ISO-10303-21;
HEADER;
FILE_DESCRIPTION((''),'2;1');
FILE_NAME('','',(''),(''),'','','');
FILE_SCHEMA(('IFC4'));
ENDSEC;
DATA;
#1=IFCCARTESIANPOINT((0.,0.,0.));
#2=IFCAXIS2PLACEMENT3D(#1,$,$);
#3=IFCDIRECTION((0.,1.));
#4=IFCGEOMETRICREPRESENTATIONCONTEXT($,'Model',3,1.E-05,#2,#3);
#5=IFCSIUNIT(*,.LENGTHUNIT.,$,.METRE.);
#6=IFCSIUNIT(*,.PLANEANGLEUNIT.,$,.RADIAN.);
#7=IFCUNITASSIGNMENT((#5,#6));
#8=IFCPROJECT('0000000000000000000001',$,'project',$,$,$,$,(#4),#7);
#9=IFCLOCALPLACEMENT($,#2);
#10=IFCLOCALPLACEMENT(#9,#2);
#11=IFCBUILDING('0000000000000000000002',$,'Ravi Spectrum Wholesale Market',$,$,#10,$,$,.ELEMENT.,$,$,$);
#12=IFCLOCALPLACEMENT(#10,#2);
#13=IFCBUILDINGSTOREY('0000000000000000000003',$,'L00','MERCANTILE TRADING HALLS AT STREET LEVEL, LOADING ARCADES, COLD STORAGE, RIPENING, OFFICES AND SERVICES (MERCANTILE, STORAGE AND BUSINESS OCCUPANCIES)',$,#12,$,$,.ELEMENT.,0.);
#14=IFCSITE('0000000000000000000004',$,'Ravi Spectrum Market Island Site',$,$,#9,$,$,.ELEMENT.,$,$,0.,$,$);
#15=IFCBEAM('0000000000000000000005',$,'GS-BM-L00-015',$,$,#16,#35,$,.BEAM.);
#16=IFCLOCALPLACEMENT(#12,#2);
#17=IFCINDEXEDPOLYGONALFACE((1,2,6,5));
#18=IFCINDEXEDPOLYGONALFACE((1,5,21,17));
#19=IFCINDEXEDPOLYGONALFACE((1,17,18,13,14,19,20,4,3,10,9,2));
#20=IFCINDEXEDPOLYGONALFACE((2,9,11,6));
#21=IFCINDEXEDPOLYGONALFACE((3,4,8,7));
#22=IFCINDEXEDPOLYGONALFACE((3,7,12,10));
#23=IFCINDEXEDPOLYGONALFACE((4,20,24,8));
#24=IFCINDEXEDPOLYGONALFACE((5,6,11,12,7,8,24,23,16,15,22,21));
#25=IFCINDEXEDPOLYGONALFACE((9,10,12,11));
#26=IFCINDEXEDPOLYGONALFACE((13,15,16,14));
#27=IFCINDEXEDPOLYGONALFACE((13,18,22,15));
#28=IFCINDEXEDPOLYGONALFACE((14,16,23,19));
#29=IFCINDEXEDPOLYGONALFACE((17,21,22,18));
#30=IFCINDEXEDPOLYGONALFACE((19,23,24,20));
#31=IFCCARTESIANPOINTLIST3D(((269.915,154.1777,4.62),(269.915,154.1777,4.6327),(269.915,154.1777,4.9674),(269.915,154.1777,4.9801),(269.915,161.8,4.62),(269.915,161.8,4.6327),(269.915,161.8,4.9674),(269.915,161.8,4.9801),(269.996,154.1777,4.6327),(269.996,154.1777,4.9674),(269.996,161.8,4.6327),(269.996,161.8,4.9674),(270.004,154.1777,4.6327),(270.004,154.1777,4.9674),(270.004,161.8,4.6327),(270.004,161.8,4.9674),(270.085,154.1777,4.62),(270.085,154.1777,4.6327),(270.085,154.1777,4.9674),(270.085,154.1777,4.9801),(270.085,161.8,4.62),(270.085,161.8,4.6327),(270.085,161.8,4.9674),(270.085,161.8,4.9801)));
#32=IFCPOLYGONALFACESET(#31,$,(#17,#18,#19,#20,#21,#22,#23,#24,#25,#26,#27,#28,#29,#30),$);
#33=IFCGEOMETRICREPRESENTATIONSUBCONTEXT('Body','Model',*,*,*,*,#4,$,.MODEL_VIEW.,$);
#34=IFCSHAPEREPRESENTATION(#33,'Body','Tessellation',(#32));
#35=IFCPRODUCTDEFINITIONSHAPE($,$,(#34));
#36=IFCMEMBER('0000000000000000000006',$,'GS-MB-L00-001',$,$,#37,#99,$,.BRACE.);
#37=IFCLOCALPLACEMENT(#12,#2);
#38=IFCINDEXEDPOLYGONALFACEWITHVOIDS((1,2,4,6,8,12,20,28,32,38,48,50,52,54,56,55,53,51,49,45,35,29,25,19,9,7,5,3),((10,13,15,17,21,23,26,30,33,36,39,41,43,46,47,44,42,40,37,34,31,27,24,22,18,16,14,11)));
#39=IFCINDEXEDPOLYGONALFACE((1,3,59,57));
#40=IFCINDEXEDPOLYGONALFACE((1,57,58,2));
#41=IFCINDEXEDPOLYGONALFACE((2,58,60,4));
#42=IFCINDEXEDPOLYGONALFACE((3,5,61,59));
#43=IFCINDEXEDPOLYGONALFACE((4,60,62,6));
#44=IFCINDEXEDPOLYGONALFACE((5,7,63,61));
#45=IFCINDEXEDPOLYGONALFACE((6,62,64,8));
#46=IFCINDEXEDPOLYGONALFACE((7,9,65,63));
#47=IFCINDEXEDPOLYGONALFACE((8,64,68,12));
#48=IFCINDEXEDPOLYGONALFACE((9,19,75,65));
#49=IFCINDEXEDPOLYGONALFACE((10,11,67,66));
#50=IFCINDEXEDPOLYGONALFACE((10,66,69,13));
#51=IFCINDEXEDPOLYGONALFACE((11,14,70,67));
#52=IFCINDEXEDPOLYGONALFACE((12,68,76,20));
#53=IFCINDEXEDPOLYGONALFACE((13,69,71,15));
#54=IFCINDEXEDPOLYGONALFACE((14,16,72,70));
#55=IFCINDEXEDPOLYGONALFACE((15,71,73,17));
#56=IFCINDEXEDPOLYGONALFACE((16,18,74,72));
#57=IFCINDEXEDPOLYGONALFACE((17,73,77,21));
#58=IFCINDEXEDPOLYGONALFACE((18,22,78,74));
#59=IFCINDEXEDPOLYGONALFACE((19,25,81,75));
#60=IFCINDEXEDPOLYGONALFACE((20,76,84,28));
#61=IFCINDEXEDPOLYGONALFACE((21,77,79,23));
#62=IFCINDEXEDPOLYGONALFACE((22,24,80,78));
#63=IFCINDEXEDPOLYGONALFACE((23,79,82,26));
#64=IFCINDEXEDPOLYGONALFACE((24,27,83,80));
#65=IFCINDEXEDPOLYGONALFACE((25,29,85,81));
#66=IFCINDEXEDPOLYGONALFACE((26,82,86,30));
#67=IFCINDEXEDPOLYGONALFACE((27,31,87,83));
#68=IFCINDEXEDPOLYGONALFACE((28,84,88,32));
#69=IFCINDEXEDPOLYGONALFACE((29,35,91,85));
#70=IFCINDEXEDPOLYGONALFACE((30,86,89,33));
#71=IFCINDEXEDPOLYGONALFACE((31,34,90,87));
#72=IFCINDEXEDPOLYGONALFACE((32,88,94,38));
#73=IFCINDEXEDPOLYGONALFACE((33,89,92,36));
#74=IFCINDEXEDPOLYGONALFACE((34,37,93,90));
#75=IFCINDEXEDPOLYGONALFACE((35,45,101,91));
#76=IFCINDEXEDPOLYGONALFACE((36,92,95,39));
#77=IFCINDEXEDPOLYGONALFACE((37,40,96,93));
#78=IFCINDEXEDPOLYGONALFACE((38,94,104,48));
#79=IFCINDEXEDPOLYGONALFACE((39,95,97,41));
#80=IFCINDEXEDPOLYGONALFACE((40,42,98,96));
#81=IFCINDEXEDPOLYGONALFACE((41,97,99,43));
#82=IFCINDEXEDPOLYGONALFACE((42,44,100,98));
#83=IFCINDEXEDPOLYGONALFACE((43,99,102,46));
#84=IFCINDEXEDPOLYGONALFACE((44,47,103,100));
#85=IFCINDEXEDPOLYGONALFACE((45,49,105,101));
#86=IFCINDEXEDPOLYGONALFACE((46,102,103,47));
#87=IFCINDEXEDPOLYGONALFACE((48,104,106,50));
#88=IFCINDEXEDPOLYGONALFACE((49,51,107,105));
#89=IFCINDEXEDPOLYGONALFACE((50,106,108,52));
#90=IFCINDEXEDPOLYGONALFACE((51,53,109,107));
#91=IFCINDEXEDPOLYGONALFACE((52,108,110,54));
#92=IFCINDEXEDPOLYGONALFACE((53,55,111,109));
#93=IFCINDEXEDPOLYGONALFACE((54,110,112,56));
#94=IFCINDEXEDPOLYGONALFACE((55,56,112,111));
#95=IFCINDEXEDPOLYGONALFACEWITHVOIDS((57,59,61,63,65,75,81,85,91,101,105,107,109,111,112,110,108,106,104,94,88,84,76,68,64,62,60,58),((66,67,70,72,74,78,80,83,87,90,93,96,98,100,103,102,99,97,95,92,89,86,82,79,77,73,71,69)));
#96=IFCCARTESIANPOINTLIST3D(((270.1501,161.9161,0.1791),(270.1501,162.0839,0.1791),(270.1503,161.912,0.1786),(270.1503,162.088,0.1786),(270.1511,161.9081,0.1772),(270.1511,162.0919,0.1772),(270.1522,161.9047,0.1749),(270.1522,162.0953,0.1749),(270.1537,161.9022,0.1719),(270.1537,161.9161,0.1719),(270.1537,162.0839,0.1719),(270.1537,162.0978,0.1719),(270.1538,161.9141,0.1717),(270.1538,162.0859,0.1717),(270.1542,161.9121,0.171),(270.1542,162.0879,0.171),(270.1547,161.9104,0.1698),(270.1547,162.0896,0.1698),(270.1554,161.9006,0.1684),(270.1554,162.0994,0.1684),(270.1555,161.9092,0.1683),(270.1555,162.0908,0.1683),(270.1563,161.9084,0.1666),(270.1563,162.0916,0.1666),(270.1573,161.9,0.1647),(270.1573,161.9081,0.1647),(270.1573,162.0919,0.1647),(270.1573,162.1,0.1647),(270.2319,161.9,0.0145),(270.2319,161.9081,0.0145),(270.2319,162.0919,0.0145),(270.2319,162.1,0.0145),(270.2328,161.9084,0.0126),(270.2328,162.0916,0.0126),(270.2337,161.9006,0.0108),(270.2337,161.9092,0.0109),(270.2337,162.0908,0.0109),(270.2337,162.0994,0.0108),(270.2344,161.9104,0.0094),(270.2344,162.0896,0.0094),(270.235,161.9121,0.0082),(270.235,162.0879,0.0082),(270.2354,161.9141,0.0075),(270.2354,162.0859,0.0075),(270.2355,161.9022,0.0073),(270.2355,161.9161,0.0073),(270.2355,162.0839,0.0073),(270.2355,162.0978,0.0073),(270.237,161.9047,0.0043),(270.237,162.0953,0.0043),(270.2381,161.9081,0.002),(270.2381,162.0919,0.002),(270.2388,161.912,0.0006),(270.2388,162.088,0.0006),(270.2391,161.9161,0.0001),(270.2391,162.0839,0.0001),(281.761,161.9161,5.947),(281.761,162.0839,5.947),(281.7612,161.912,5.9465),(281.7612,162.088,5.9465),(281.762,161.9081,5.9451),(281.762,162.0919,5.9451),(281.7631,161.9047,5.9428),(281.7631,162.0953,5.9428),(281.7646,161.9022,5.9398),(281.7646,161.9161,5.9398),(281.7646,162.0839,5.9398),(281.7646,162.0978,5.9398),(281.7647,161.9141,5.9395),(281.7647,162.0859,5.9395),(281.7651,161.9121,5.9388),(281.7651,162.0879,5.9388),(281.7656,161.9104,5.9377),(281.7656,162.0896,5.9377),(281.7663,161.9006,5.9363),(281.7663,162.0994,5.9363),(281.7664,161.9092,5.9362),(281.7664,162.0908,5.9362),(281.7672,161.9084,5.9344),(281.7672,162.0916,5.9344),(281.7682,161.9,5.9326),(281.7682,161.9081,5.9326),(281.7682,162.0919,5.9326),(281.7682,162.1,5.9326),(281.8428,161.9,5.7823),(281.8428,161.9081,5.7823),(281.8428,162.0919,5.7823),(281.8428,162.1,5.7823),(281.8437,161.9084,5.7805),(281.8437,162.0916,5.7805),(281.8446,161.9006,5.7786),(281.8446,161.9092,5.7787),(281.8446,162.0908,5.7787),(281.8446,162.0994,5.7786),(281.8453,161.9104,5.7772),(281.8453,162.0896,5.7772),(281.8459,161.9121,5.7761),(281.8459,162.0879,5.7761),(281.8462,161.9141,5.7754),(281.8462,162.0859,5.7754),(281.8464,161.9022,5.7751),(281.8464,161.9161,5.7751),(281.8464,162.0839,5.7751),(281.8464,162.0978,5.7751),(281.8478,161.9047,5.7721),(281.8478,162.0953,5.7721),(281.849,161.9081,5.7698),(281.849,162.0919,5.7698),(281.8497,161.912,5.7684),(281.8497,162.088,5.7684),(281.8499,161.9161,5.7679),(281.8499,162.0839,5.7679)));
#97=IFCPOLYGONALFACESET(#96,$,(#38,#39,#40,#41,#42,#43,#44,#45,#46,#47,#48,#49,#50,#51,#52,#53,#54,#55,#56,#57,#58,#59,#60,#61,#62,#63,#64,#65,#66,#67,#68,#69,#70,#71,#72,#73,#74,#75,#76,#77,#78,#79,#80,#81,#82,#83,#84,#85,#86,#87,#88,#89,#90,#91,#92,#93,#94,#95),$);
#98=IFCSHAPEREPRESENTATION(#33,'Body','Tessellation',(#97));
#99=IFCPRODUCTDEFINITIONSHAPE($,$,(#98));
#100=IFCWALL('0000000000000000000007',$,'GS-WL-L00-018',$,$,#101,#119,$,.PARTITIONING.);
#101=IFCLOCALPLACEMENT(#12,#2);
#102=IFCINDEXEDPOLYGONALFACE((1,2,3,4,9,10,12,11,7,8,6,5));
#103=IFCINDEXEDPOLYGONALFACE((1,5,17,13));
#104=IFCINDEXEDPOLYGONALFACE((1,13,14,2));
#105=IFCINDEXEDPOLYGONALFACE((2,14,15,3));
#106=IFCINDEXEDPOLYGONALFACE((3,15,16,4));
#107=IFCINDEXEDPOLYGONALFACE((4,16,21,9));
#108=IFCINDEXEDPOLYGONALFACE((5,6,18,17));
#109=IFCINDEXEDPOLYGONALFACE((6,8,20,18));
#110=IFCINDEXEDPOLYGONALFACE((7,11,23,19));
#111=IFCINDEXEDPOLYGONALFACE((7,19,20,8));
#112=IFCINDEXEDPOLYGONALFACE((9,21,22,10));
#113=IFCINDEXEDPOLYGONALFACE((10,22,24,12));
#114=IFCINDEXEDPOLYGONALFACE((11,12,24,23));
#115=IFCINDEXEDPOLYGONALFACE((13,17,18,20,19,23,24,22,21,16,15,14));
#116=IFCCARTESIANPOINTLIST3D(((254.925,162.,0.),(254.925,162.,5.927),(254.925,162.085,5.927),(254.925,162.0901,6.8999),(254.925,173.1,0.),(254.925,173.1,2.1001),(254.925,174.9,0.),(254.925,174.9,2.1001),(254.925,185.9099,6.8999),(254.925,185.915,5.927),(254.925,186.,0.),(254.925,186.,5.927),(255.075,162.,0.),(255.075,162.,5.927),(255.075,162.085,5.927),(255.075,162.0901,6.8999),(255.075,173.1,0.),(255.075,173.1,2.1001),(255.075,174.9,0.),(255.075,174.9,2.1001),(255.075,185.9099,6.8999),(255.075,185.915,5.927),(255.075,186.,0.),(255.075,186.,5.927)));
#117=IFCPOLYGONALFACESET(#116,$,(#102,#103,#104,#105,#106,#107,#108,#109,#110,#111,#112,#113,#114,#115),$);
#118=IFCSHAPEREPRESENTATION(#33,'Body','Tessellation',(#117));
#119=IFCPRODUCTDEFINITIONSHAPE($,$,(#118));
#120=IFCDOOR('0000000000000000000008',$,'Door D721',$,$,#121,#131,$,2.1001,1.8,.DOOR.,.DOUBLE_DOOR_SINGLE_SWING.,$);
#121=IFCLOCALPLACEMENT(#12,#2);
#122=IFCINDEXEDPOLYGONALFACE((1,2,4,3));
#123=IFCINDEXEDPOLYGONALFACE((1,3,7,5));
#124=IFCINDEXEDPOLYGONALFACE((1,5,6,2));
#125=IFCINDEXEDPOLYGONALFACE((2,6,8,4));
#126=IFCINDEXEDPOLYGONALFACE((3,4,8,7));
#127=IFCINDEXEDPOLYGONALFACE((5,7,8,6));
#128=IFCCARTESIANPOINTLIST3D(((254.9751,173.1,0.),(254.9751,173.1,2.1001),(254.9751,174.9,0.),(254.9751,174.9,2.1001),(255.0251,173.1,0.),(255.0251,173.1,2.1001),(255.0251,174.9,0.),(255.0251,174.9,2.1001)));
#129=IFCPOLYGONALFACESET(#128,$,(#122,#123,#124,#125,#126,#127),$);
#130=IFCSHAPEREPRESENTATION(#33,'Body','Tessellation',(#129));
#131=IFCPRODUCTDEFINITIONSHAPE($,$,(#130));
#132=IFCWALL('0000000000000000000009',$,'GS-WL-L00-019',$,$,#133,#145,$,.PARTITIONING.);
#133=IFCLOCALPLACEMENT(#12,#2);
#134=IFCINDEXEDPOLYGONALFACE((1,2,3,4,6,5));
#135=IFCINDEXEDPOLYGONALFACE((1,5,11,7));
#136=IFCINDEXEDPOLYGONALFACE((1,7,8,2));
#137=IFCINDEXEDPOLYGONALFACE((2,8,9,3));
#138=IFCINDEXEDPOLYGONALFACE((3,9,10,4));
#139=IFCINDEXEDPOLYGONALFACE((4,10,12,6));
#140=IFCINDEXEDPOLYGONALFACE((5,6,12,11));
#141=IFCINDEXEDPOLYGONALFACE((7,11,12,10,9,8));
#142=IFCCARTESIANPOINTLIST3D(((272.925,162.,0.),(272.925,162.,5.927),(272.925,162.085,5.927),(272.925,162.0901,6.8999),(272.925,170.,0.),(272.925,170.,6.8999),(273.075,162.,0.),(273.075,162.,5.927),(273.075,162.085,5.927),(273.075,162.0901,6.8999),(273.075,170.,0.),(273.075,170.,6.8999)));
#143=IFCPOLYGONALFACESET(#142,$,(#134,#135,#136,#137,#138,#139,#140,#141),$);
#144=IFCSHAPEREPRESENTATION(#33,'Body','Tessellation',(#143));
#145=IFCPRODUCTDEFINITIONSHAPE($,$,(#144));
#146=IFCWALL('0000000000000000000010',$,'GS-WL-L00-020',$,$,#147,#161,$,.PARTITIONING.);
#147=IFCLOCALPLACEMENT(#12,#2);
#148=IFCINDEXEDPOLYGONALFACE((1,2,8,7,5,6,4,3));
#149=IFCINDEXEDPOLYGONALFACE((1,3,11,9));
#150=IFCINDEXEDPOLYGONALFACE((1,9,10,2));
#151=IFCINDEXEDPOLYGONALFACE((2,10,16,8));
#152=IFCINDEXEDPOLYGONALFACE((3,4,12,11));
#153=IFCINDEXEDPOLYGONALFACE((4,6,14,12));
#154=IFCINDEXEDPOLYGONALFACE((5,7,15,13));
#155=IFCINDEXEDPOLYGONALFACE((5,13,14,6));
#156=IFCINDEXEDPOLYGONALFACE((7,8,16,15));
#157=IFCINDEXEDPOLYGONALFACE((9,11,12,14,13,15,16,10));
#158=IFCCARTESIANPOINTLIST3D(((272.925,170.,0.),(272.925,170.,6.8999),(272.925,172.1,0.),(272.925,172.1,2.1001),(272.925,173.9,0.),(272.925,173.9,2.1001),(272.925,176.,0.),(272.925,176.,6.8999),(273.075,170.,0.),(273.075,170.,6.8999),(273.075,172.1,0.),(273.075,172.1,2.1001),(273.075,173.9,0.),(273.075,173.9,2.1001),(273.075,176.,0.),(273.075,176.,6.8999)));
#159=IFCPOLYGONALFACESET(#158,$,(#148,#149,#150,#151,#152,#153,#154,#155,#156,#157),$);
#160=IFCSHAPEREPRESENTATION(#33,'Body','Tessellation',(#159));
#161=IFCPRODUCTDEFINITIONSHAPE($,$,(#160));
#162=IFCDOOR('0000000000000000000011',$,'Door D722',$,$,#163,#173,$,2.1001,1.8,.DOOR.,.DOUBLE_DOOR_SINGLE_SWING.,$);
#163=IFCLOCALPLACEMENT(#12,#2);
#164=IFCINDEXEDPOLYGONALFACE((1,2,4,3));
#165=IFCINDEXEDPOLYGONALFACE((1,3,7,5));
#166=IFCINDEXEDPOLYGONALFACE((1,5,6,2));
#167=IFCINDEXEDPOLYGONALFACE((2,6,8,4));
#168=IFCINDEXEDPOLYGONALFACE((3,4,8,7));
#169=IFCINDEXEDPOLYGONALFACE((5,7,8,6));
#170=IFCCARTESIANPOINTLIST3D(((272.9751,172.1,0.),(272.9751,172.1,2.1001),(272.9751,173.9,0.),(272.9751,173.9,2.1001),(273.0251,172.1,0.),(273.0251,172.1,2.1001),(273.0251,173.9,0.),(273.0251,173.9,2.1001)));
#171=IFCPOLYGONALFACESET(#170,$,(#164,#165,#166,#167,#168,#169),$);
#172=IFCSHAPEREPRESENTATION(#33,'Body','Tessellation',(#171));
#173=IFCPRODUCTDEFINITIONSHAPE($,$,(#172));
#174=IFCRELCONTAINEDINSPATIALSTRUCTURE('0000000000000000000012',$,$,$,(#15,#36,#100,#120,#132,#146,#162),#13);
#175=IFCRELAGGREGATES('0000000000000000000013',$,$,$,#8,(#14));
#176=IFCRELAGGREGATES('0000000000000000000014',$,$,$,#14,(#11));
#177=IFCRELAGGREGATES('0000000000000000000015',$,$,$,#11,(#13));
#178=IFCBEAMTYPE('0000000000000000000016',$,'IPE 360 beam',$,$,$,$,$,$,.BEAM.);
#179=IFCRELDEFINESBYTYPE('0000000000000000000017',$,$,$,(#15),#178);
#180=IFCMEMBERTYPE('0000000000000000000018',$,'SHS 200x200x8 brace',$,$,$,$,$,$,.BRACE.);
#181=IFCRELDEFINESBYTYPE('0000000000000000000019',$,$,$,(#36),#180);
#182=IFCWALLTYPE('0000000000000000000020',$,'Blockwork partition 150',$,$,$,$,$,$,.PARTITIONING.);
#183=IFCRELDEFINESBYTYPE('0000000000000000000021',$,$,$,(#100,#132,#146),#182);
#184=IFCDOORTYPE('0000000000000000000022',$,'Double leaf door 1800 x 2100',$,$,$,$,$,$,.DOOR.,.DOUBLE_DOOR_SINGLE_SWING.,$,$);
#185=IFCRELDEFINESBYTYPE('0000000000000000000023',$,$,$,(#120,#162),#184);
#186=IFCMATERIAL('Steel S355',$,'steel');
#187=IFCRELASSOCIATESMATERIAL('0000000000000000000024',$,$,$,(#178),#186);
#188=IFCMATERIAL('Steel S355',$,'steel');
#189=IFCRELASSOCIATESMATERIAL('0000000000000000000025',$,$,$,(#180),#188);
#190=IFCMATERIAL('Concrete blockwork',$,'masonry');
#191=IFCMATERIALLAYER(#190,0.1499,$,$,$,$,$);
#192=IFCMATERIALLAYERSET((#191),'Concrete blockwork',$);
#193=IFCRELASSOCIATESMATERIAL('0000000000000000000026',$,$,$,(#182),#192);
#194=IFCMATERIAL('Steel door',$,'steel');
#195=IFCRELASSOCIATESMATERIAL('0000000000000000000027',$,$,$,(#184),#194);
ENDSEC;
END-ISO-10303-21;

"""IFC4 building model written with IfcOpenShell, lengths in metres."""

from ifc_helpers import new_model, si_unit, direction, frame, frame_2d, origin, origin_2d, place, context, subcontext, project, spatial, polyline, rectangle, hollow_rectangle, i_section, outline, extrude, material, layer, layer_set, material_profile, profile_set, type_object, element, fill, save


model = new_model("IFC4")

# Units and contexts
model_context = context("Model", 3, precision=1e-05, world=origin(), true_north=direction((0.0, 1.0)))
body_context = subcontext(model_context, "Body", "Model", "MODEL_VIEW")
ifc_project = project(units=[si_unit("LENGTHUNIT", "METRE"), si_unit("PLANEANGLEUNIT", "RADIAN")], contexts=[model_context])

# Site, building, storey
site_placement = place(None, origin())
site = spatial("IfcSite", under=ifc_project, at=site_placement, Name="Ravi Spectrum Market Island Site", CompositionType="ELEMENT", RefElevation=0.0)
building_placement = place(site_placement, origin())
building = spatial("IfcBuilding", under=site, at=building_placement, Name="Ravi Spectrum Wholesale Market", CompositionType="ELEMENT")
storey_placement = place(building_placement, origin())
storey = spatial("IfcBuildingStorey", under=building, at=storey_placement, Name="L00", Description="MERCANTILE TRADING HALLS AT STREET LEVEL, LOADING ARCADES, COLD STORAGE, RIPENING, OFFICES AND SERVICES (MERCANTILE, STORAGE AND BUSINESS OCCUPANCIES)", CompositionType="ELEMENT", Elevation=0.0)

# Beam
ifc_material_1 = material(Name="Steel S355", Category="steel")
ifc_material_profile_1 = material_profile(ifc_material_1, i_section(OverallWidth=0.1699, OverallDepth=0.3601, WebThickness=0.0081, FlangeThickness=0.0127, at=origin_2d()))
ifc_profile_set_1 = profile_set([ifc_material_profile_1], Name="Steel S355")
beam_type = type_object("IfcBeamType", Name="IPE 360 beam", PredefinedType="BEAM", material=ifc_profile_set_1)
beam_1_placement = place(storey_placement, frame((270.0, 161.8, 4.8), z_axis=(0.0, -1.0, 0.0), x_axis=(1.0, 0.0, 0.0)))
element("IfcBeam", 1, at=beam_1_placement, inside=storey, type_object=beam_type, Name="GS-BM-L00-015", PredefinedType="BEAM", context=body_context, shape_type="SweptSolid", body=[
    extrude(i_section(OverallWidth=0.1699, OverallDepth=0.3601, WebThickness=0.0081, FlangeThickness=0.0127, at=origin_2d()), origin(), (0.0, 0.0, 1.0), 7.6223),
])

# Member
ifc_material_2 = material(Name="Steel S355", Category="steel")
ifc_material_profile_2 = material_profile(ifc_material_2, hollow_rectangle(XDim=0.2, YDim=0.2, WallThickness=0.0081, InnerFilletRadius=0.0081, OuterFilletRadius=0.0161, at=origin_2d()))
ifc_profile_set_2 = profile_set([ifc_material_profile_2], Name="Steel S355")
member_type = type_object("IfcMemberType", Name="SHS 200x200x8 brace", PredefinedType="BRACE", material=ifc_profile_set_2)
member_placement = place(storey_placement, frame((270.1946, 162.0, 0.0896), z_axis=(0.895584, 0.0, 0.444892), x_axis=(0.0, 1.0, 0.0)))
element("IfcMember", 2, at=member_placement, inside=storey, type_object=member_type, Name="GS-MB-L00-001", PredefinedType="BRACE", context=body_context, shape_type="SweptSolid", body=[
    extrude(hollow_rectangle(XDim=0.2, YDim=0.2, WallThickness=0.0081, InnerFilletRadius=0.0081, OuterFilletRadius=0.0161, at=origin_2d()), origin(), (0.0, 0.0, 1.0), 12.9646),
])

# Wall, opening, door
ifc_material_3 = material(Name="Concrete blockwork", Category="masonry")
ifc_layer_1 = layer(ifc_material_3, 0.1499)
ifc_layer_set_1 = layer_set([ifc_layer_1], Name="Concrete blockwork")
wall_type_1 = type_object("IfcWallType", Name="Blockwork partition 150", PredefinedType="PARTITIONING", material=ifc_layer_set_1)
wall_1_placement = place(storey_placement, frame((255.0, 162.0, 0.0), z_axis=(0.0, 0.0, 1.0), x_axis=(0.0, 1.0, 0.0)))
wall_1 = element("IfcWall", 3, at=wall_1_placement, inside=storey, type_object=wall_type_1, Name="GS-WL-L00-018", PredefinedType="PARTITIONING", context=body_context, shape_type="SweptSolid", body=[
    extrude(outline(polyline([(0.0, 0.0), (24.0, 0.0), (24.0, 5.927), (23.915, 5.927), (23.9099, 6.8999), (0.0901, 6.8999), (0.085, 5.927), (0.0, 5.927), (0.0, 0.0)])), frame((0.0, 0.075, 0.0), z_axis=(0.0, -1.0, 0.0), x_axis=(1.0, 0.0, 0.0)), (0.0, 0.0, 1.0), 0.1499),
])
opening_1_placement = place(wall_1_placement, frame((11.1001, 0.0, 0.0)))
opening_1 = element("IfcOpeningElement", 4, at=opening_1_placement, cuts=wall_1, PredefinedType="OPENING", context=body_context, shape_type="SweptSolid", body=[
    extrude(rectangle(XDim=1.8, YDim=2.1001, at=frame_2d((0.8999, 1.05))), frame((0.0, 0.085, 0.0), z_axis=(0.0, -1.0, 0.0), x_axis=(1.0, 0.0, 0.0)), (0.0, 0.0, 1.0), 0.1699),
])
ifc_material_4 = material(Name="Steel door", Category="steel")
door_type_1 = type_object("IfcDoorType", Name="Double leaf door 1800 x 2100", OperationType="DOUBLE_DOOR_SINGLE_SWING", PredefinedType="DOOR", material=ifc_material_4)
door_1_placement = place(opening_1_placement, origin())
door_1 = element("IfcDoor", 5, at=door_1_placement, inside=storey, type_object=door_type_1, Name="Door D721", OperationType="DOUBLE_DOOR_SINGLE_SWING", OverallHeight=2.1001, OverallWidth=1.8, PredefinedType="DOOR", context=body_context, shape_type="SweptSolid", body=[
    extrude(rectangle(XDim=1.8, YDim=2.1001, at=frame_2d((0.8999, 1.05))), frame((0.0, 0.0249, 0.0), z_axis=(0.0, -1.0, 0.0), x_axis=(1.0, 0.0, 0.0)), (0.0, 0.0, 1.0), 0.05),
])
fill(opening_1, door_1)

# Wall
wall_2_placement = place(storey_placement, frame((273.0, 162.0, 0.0), z_axis=(0.0, 0.0, 1.0), x_axis=(0.0, 1.0, 0.0)))
element("IfcWall", 6, at=wall_2_placement, inside=storey, type_object=wall_type_1, Name="GS-WL-L00-019", PredefinedType="PARTITIONING", context=body_context, shape_type="SweptSolid", body=[
    extrude(outline(polyline([(0.0, 0.0), (8.0, 0.0), (8.0, 6.8999), (0.0901, 6.8999), (0.085, 5.927), (0.0, 5.927), (0.0, 0.0)])), frame((0.0, 0.075, 0.0), z_axis=(0.0, -1.0, 0.0), x_axis=(1.0, 0.0, 0.0)), (0.0, 0.0, 1.0), 0.1499),
])

# Wall, opening, door
wall_3_placement = place(storey_placement, frame((273.0, 170.0, 0.0), z_axis=(0.0, 0.0, 1.0), x_axis=(0.0, 1.0, 0.0)))
wall_3 = element("IfcWall", 7, at=wall_3_placement, inside=storey, type_object=wall_type_1, Name="GS-WL-L00-020", PredefinedType="PARTITIONING", context=body_context, shape_type="SweptSolid", body=[
    extrude(rectangle(XDim=6.0, YDim=0.1499, at=frame_2d((3.0, 0.0))), origin(), (0.0, 0.0, 1.0), 6.8999),
])
opening_2_placement = place(wall_3_placement, frame((2.1001, 0.0, 0.0)))
opening_2 = element("IfcOpeningElement", 8, at=opening_2_placement, cuts=wall_3, PredefinedType="OPENING", context=body_context, shape_type="SweptSolid", body=[
    extrude(rectangle(XDim=1.8, YDim=2.1001, at=frame_2d((0.8999, 1.05))), frame((0.0, 0.085, 0.0), z_axis=(0.0, -1.0, 0.0), x_axis=(1.0, 0.0, 0.0)), (0.0, 0.0, 1.0), 0.1699),
])
door_2_placement = place(opening_2_placement, origin())
door_2 = element("IfcDoor", 9, at=door_2_placement, inside=storey, type_object=door_type_1, Name="Door D722", OperationType="DOUBLE_DOOR_SINGLE_SWING", OverallHeight=2.1001, OverallWidth=1.8, PredefinedType="DOOR", context=body_context, shape_type="SweptSolid", body=[
    extrude(rectangle(XDim=1.8, YDim=2.1001, at=frame_2d((0.8999, 1.05))), frame((0.0, 0.0249, 0.0), z_axis=(0.0, -1.0, 0.0), x_axis=(1.0, 0.0, 0.0)), (0.0, 0.0, 1.0), 0.05),
])
fill(opening_2, door_2)

save(model, "model.ifc")
